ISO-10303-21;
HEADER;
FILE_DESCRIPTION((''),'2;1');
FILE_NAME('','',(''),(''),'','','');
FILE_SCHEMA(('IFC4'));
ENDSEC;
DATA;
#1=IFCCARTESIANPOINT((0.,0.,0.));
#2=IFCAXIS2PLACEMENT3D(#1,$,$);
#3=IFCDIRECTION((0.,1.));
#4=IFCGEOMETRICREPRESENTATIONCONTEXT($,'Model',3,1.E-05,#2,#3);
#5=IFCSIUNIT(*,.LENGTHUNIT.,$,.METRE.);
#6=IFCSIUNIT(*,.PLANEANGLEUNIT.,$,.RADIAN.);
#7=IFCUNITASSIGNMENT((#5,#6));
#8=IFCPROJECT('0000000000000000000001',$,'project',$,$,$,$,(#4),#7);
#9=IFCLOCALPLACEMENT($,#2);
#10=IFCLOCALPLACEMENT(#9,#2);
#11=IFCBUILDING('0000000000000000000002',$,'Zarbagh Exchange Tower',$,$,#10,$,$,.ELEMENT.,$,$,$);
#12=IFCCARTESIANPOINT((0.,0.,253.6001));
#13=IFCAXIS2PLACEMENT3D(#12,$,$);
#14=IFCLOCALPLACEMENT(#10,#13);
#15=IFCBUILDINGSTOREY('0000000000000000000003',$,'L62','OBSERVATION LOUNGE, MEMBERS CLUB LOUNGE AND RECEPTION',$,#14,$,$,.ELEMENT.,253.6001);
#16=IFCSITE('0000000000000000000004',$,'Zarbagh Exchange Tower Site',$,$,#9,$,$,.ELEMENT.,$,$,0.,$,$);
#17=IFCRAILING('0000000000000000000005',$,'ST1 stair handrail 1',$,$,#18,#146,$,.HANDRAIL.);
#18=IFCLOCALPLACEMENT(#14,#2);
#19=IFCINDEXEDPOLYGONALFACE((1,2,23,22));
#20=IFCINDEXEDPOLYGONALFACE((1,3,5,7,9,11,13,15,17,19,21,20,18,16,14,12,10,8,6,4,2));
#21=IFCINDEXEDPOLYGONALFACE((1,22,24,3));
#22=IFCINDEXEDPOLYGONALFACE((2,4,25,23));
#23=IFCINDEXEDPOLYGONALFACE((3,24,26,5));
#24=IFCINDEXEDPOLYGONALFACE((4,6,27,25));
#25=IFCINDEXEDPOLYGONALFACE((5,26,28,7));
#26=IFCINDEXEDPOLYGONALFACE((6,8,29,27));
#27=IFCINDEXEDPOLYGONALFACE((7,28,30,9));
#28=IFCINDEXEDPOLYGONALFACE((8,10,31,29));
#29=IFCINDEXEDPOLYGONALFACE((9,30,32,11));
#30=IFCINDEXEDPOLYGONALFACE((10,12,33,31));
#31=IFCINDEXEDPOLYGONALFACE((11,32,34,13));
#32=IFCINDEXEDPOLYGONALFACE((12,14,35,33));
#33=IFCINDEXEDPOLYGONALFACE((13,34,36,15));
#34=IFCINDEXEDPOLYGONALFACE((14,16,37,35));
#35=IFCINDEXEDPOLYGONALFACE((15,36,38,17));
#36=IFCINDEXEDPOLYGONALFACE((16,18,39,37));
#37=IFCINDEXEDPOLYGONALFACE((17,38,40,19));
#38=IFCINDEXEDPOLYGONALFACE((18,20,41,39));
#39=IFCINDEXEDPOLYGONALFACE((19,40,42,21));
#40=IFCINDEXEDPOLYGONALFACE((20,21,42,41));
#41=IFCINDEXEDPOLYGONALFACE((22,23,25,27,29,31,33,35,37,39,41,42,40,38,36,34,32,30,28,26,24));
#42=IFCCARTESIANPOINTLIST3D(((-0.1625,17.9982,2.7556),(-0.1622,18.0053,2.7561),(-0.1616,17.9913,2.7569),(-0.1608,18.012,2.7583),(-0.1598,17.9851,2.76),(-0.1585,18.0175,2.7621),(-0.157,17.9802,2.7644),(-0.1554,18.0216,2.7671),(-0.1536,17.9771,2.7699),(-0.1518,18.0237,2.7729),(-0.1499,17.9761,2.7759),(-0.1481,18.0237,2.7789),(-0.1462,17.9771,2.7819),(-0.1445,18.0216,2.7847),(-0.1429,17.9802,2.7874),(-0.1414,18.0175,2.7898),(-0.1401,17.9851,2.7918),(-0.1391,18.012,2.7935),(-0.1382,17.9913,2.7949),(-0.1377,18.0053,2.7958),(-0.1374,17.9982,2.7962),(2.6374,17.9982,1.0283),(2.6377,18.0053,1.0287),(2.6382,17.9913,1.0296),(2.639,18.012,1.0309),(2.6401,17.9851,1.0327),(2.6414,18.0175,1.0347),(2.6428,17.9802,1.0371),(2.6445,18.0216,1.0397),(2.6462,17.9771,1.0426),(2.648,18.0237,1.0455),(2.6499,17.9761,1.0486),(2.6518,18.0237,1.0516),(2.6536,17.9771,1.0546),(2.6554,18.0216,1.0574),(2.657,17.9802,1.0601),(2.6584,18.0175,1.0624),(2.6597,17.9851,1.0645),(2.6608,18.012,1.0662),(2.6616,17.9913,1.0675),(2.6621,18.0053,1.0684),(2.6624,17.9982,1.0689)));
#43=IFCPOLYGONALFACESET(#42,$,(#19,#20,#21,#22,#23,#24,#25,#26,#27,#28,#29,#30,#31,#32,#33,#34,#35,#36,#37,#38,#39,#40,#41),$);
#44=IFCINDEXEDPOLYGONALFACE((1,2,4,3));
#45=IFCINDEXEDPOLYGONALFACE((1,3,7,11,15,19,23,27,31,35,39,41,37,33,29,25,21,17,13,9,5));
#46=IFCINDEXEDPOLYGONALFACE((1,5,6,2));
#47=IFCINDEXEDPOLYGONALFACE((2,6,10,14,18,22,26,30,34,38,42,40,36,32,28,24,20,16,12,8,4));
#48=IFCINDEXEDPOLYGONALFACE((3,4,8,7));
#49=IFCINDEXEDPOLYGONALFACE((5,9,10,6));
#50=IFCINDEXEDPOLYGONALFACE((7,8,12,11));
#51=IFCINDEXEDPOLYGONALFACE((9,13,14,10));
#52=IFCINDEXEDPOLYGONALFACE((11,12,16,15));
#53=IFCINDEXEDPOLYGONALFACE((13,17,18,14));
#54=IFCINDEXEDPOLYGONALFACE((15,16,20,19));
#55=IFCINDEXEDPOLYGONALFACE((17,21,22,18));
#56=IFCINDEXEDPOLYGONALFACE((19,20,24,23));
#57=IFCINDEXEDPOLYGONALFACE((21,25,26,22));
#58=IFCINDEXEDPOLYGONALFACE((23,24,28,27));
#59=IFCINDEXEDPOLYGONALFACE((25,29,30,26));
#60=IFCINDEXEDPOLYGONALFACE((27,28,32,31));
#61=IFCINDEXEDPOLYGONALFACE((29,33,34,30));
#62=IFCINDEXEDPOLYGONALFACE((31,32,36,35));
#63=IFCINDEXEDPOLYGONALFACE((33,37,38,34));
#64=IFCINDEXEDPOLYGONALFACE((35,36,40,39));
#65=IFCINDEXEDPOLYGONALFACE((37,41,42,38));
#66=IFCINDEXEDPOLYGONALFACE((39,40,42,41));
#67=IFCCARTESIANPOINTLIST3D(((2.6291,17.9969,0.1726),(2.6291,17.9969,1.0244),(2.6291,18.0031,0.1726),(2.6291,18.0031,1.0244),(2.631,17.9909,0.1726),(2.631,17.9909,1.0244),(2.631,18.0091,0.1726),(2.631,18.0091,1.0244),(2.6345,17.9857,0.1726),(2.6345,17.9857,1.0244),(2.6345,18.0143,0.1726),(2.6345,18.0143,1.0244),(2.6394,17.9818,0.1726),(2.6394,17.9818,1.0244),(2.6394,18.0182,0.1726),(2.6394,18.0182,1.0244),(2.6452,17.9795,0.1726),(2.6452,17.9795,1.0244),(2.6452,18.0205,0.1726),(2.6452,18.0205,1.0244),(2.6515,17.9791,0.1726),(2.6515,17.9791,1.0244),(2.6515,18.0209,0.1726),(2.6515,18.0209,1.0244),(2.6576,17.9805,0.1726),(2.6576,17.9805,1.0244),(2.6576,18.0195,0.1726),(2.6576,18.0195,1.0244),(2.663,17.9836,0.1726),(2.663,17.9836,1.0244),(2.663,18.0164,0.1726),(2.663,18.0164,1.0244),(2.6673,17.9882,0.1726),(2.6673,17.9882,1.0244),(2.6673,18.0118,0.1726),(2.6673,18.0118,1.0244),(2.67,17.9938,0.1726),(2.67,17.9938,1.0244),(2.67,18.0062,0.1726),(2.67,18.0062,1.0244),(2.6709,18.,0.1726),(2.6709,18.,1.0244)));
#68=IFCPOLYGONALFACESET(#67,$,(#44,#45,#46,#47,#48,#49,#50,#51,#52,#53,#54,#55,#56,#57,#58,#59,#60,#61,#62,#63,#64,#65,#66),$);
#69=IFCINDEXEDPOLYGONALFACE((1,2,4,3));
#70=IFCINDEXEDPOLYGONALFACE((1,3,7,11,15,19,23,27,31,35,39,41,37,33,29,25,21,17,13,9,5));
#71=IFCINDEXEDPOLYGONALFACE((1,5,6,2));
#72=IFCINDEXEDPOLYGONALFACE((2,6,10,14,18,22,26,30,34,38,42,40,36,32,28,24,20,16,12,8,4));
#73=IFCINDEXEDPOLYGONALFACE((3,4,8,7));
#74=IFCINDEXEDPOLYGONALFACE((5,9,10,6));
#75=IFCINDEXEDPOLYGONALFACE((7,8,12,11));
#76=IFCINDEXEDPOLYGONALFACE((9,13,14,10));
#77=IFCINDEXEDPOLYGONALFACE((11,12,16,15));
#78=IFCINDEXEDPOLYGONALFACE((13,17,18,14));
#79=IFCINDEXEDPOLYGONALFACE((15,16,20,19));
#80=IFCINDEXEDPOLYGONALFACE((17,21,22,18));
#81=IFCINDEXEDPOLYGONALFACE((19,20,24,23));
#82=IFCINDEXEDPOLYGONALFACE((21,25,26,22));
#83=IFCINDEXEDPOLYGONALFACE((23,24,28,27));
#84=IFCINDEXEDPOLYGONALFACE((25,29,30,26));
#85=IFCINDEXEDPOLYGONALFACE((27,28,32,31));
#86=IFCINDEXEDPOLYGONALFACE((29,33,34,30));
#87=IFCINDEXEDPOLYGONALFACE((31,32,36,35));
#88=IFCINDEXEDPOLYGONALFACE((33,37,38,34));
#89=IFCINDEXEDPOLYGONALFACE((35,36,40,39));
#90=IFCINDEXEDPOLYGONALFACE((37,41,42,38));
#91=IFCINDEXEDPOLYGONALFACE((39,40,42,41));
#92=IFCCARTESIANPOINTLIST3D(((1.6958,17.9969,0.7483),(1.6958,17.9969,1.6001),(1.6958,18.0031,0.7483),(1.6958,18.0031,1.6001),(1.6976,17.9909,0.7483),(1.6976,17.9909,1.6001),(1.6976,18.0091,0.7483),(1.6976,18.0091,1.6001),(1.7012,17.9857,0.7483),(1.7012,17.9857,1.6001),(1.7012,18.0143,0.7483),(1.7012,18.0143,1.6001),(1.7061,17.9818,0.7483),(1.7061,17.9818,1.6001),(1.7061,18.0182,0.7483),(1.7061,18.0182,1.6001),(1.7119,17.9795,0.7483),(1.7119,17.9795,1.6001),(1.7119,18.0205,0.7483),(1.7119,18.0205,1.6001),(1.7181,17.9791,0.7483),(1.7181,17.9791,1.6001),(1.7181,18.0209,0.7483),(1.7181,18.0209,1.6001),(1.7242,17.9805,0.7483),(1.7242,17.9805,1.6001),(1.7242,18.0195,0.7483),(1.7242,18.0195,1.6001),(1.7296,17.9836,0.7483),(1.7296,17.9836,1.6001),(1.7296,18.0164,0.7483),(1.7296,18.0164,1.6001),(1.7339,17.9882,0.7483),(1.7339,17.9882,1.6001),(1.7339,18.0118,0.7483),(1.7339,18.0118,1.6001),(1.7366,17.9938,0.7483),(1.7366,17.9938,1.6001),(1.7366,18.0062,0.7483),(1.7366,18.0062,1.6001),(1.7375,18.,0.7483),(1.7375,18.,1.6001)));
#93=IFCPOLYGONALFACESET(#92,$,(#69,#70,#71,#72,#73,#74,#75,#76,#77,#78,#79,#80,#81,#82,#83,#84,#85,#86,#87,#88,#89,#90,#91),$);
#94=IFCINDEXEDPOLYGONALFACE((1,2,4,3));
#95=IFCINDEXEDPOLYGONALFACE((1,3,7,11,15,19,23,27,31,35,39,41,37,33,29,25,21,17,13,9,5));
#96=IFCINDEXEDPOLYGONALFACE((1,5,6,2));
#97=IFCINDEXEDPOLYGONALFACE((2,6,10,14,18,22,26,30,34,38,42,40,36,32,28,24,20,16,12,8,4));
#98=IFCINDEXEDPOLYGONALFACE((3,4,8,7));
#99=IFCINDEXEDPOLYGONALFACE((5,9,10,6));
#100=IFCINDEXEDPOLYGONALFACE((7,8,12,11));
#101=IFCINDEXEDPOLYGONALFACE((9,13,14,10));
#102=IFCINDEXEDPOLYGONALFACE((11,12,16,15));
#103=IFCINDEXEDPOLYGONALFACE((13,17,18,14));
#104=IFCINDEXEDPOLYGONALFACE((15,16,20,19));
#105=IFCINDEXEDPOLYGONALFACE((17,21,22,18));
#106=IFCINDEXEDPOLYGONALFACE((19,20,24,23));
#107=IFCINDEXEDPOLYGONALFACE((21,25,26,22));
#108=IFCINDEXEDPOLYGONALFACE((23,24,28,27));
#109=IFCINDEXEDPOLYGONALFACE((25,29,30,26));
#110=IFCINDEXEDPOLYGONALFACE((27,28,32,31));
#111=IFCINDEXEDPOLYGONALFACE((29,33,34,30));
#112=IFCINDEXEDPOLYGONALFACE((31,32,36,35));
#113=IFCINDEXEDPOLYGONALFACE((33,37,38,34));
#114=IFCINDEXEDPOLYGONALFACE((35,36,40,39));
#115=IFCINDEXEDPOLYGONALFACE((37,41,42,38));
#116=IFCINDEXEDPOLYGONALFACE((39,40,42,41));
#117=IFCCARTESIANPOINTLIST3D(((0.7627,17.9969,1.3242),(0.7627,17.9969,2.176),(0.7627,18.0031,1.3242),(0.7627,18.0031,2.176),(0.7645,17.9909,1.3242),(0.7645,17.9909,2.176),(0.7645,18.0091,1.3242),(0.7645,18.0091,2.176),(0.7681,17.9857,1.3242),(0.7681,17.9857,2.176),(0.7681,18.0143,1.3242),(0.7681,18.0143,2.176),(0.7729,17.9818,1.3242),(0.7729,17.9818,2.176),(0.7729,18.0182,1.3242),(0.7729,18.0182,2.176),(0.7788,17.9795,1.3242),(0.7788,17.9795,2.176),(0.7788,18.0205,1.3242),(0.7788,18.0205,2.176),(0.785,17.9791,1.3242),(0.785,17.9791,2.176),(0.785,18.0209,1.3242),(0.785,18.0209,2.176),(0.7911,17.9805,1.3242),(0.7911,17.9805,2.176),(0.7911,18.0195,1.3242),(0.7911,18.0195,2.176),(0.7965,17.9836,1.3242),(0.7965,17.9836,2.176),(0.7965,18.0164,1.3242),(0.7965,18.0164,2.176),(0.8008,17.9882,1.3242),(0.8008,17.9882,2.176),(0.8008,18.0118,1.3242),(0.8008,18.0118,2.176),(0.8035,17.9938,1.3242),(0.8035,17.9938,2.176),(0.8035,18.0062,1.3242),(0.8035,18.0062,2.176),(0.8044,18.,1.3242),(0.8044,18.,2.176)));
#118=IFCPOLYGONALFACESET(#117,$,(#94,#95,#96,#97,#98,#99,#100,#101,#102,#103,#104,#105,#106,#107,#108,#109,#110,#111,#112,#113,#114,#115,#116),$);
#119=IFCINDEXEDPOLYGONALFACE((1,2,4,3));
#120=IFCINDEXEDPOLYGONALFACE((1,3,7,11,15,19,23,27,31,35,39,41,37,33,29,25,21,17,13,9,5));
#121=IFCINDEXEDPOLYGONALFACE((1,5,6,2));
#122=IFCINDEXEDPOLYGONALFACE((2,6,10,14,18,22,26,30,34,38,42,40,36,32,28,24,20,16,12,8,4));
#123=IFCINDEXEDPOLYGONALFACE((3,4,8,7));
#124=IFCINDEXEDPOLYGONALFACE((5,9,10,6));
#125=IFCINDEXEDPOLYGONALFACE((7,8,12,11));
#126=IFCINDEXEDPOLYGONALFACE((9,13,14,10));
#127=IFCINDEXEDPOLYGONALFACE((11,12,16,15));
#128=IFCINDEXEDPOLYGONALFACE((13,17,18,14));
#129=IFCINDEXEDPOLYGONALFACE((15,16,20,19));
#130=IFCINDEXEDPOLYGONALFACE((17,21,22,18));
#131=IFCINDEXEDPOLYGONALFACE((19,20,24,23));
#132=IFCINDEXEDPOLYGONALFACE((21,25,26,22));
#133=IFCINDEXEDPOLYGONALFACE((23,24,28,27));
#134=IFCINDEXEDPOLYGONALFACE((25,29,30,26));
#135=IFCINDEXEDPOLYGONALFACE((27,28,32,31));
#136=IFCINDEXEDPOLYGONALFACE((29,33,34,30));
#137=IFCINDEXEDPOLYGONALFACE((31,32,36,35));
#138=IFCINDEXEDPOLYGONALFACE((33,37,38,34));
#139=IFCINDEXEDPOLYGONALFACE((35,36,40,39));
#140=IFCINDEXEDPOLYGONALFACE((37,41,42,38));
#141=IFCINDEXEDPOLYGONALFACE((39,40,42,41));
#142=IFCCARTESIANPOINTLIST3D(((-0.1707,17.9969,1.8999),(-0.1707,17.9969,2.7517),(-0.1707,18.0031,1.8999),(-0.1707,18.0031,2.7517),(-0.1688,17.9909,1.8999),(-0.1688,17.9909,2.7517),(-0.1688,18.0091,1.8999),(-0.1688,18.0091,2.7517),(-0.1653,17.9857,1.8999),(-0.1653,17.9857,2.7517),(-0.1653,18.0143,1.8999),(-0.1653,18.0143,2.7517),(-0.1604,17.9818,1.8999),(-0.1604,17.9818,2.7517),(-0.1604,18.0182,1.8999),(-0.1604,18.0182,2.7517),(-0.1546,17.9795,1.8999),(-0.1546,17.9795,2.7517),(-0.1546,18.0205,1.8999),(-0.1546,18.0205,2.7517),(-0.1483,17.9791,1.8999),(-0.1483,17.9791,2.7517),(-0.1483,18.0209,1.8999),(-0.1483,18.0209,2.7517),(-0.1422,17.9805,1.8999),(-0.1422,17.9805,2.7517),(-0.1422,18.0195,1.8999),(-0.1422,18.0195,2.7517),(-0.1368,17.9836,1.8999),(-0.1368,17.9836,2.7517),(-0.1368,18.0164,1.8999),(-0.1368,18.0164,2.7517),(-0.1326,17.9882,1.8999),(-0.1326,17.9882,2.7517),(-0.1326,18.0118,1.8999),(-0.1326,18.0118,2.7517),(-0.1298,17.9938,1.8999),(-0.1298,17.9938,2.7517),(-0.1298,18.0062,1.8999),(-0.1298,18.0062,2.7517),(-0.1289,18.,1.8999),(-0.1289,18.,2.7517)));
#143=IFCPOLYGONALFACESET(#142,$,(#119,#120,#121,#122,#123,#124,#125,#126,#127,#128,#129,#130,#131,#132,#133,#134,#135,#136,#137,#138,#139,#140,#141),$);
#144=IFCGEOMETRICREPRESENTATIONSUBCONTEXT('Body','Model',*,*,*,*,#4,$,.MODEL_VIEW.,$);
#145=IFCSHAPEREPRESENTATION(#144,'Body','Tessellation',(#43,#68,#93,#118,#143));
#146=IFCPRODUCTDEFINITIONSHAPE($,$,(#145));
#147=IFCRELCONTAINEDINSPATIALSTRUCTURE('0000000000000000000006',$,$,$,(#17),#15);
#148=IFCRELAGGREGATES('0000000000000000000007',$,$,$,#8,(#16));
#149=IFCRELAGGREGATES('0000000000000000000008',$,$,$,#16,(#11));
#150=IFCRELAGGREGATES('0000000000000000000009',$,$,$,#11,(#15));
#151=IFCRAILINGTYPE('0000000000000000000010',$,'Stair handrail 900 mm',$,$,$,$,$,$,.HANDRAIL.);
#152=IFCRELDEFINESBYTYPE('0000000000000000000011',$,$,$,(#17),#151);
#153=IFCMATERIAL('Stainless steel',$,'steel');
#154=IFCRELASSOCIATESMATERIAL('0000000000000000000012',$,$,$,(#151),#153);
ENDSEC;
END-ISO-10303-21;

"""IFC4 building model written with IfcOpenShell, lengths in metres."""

from ifc_helpers import new_model, si_unit, direction, frame, origin, origin_2d, place, context, subcontext, project, spatial, circle, extrude, material, type_object, element, save


model = new_model("IFC4")

# Units and contexts
model_context = context("Model", 3, precision=1e-05, world=origin(), true_north=direction((0.0, 1.0)))
body_context = subcontext(model_context, "Body", "Model", "MODEL_VIEW")
ifc_project = project(units=[si_unit("LENGTHUNIT", "METRE"), si_unit("PLANEANGLEUNIT", "RADIAN")], contexts=[model_context])

# Site, building, storey
site_placement = place(None, origin())
site = spatial("IfcSite", under=ifc_project, at=site_placement, Name="Zarbagh Exchange Tower Site", CompositionType="ELEMENT", RefElevation=0.0)
building_placement = place(site_placement, origin())
building = spatial("IfcBuilding", under=site, at=building_placement, Name="Zarbagh Exchange Tower", CompositionType="ELEMENT")
storey_placement = place(building_placement, frame((0.0, 0.0, 253.6001)))
storey = spatial("IfcBuildingStorey", under=building, at=storey_placement, Name="L62", Description="OBSERVATION LOUNGE, MEMBERS CLUB LOUNGE AND RECEPTION", CompositionType="ELEMENT", Elevation=253.6001)

# Shared definitions
ifc_material_1 = material(Name="Stainless steel", Category="steel")

# Railing
railing_type_1 = type_object("IfcRailingType", Name="Stair handrail 900 mm", PredefinedType="HANDRAIL", material=ifc_material_1)
railing_1_placement = place(storey_placement, frame((2.6499, 18.0, 0.1726)))
element("IfcRailing", 1, at=railing_1_placement, inside=storey, type_object=railing_type_1, Name="ST1 stair handrail 1", PredefinedType="HANDRAIL", context=body_context, shape_type="SweptSolid", body=[
    extrude(circle(Radius=0.0239, at=origin_2d()), frame((0.0, 0.0, 0.876), z_axis=(-0.851069, 0.0, 0.525054), x_axis=(0.0, -1.0, 0.0)), (0.0, 0.0, 1.0), 3.2898),
    extrude(circle(Radius=0.021, at=origin_2d()), origin(), (0.0, 0.0, 1.0), 0.8518),
    extrude(circle(Radius=0.021, at=origin_2d()), frame((-0.9333, 0.0, 0.5757)), (0.0, 0.0, 1.0), 0.8518),
    extrude(circle(Radius=0.021, at=origin_2d()), frame((-1.8665, 0.0, 1.1516)), (0.0, 0.0, 1.0), 0.8518),
    extrude(circle(Radius=0.021, at=origin_2d()), frame((-2.7998, 0.0, 1.7273)), (0.0, 0.0, 1.0), 0.8518),
])

save(model, "model.ifc")
